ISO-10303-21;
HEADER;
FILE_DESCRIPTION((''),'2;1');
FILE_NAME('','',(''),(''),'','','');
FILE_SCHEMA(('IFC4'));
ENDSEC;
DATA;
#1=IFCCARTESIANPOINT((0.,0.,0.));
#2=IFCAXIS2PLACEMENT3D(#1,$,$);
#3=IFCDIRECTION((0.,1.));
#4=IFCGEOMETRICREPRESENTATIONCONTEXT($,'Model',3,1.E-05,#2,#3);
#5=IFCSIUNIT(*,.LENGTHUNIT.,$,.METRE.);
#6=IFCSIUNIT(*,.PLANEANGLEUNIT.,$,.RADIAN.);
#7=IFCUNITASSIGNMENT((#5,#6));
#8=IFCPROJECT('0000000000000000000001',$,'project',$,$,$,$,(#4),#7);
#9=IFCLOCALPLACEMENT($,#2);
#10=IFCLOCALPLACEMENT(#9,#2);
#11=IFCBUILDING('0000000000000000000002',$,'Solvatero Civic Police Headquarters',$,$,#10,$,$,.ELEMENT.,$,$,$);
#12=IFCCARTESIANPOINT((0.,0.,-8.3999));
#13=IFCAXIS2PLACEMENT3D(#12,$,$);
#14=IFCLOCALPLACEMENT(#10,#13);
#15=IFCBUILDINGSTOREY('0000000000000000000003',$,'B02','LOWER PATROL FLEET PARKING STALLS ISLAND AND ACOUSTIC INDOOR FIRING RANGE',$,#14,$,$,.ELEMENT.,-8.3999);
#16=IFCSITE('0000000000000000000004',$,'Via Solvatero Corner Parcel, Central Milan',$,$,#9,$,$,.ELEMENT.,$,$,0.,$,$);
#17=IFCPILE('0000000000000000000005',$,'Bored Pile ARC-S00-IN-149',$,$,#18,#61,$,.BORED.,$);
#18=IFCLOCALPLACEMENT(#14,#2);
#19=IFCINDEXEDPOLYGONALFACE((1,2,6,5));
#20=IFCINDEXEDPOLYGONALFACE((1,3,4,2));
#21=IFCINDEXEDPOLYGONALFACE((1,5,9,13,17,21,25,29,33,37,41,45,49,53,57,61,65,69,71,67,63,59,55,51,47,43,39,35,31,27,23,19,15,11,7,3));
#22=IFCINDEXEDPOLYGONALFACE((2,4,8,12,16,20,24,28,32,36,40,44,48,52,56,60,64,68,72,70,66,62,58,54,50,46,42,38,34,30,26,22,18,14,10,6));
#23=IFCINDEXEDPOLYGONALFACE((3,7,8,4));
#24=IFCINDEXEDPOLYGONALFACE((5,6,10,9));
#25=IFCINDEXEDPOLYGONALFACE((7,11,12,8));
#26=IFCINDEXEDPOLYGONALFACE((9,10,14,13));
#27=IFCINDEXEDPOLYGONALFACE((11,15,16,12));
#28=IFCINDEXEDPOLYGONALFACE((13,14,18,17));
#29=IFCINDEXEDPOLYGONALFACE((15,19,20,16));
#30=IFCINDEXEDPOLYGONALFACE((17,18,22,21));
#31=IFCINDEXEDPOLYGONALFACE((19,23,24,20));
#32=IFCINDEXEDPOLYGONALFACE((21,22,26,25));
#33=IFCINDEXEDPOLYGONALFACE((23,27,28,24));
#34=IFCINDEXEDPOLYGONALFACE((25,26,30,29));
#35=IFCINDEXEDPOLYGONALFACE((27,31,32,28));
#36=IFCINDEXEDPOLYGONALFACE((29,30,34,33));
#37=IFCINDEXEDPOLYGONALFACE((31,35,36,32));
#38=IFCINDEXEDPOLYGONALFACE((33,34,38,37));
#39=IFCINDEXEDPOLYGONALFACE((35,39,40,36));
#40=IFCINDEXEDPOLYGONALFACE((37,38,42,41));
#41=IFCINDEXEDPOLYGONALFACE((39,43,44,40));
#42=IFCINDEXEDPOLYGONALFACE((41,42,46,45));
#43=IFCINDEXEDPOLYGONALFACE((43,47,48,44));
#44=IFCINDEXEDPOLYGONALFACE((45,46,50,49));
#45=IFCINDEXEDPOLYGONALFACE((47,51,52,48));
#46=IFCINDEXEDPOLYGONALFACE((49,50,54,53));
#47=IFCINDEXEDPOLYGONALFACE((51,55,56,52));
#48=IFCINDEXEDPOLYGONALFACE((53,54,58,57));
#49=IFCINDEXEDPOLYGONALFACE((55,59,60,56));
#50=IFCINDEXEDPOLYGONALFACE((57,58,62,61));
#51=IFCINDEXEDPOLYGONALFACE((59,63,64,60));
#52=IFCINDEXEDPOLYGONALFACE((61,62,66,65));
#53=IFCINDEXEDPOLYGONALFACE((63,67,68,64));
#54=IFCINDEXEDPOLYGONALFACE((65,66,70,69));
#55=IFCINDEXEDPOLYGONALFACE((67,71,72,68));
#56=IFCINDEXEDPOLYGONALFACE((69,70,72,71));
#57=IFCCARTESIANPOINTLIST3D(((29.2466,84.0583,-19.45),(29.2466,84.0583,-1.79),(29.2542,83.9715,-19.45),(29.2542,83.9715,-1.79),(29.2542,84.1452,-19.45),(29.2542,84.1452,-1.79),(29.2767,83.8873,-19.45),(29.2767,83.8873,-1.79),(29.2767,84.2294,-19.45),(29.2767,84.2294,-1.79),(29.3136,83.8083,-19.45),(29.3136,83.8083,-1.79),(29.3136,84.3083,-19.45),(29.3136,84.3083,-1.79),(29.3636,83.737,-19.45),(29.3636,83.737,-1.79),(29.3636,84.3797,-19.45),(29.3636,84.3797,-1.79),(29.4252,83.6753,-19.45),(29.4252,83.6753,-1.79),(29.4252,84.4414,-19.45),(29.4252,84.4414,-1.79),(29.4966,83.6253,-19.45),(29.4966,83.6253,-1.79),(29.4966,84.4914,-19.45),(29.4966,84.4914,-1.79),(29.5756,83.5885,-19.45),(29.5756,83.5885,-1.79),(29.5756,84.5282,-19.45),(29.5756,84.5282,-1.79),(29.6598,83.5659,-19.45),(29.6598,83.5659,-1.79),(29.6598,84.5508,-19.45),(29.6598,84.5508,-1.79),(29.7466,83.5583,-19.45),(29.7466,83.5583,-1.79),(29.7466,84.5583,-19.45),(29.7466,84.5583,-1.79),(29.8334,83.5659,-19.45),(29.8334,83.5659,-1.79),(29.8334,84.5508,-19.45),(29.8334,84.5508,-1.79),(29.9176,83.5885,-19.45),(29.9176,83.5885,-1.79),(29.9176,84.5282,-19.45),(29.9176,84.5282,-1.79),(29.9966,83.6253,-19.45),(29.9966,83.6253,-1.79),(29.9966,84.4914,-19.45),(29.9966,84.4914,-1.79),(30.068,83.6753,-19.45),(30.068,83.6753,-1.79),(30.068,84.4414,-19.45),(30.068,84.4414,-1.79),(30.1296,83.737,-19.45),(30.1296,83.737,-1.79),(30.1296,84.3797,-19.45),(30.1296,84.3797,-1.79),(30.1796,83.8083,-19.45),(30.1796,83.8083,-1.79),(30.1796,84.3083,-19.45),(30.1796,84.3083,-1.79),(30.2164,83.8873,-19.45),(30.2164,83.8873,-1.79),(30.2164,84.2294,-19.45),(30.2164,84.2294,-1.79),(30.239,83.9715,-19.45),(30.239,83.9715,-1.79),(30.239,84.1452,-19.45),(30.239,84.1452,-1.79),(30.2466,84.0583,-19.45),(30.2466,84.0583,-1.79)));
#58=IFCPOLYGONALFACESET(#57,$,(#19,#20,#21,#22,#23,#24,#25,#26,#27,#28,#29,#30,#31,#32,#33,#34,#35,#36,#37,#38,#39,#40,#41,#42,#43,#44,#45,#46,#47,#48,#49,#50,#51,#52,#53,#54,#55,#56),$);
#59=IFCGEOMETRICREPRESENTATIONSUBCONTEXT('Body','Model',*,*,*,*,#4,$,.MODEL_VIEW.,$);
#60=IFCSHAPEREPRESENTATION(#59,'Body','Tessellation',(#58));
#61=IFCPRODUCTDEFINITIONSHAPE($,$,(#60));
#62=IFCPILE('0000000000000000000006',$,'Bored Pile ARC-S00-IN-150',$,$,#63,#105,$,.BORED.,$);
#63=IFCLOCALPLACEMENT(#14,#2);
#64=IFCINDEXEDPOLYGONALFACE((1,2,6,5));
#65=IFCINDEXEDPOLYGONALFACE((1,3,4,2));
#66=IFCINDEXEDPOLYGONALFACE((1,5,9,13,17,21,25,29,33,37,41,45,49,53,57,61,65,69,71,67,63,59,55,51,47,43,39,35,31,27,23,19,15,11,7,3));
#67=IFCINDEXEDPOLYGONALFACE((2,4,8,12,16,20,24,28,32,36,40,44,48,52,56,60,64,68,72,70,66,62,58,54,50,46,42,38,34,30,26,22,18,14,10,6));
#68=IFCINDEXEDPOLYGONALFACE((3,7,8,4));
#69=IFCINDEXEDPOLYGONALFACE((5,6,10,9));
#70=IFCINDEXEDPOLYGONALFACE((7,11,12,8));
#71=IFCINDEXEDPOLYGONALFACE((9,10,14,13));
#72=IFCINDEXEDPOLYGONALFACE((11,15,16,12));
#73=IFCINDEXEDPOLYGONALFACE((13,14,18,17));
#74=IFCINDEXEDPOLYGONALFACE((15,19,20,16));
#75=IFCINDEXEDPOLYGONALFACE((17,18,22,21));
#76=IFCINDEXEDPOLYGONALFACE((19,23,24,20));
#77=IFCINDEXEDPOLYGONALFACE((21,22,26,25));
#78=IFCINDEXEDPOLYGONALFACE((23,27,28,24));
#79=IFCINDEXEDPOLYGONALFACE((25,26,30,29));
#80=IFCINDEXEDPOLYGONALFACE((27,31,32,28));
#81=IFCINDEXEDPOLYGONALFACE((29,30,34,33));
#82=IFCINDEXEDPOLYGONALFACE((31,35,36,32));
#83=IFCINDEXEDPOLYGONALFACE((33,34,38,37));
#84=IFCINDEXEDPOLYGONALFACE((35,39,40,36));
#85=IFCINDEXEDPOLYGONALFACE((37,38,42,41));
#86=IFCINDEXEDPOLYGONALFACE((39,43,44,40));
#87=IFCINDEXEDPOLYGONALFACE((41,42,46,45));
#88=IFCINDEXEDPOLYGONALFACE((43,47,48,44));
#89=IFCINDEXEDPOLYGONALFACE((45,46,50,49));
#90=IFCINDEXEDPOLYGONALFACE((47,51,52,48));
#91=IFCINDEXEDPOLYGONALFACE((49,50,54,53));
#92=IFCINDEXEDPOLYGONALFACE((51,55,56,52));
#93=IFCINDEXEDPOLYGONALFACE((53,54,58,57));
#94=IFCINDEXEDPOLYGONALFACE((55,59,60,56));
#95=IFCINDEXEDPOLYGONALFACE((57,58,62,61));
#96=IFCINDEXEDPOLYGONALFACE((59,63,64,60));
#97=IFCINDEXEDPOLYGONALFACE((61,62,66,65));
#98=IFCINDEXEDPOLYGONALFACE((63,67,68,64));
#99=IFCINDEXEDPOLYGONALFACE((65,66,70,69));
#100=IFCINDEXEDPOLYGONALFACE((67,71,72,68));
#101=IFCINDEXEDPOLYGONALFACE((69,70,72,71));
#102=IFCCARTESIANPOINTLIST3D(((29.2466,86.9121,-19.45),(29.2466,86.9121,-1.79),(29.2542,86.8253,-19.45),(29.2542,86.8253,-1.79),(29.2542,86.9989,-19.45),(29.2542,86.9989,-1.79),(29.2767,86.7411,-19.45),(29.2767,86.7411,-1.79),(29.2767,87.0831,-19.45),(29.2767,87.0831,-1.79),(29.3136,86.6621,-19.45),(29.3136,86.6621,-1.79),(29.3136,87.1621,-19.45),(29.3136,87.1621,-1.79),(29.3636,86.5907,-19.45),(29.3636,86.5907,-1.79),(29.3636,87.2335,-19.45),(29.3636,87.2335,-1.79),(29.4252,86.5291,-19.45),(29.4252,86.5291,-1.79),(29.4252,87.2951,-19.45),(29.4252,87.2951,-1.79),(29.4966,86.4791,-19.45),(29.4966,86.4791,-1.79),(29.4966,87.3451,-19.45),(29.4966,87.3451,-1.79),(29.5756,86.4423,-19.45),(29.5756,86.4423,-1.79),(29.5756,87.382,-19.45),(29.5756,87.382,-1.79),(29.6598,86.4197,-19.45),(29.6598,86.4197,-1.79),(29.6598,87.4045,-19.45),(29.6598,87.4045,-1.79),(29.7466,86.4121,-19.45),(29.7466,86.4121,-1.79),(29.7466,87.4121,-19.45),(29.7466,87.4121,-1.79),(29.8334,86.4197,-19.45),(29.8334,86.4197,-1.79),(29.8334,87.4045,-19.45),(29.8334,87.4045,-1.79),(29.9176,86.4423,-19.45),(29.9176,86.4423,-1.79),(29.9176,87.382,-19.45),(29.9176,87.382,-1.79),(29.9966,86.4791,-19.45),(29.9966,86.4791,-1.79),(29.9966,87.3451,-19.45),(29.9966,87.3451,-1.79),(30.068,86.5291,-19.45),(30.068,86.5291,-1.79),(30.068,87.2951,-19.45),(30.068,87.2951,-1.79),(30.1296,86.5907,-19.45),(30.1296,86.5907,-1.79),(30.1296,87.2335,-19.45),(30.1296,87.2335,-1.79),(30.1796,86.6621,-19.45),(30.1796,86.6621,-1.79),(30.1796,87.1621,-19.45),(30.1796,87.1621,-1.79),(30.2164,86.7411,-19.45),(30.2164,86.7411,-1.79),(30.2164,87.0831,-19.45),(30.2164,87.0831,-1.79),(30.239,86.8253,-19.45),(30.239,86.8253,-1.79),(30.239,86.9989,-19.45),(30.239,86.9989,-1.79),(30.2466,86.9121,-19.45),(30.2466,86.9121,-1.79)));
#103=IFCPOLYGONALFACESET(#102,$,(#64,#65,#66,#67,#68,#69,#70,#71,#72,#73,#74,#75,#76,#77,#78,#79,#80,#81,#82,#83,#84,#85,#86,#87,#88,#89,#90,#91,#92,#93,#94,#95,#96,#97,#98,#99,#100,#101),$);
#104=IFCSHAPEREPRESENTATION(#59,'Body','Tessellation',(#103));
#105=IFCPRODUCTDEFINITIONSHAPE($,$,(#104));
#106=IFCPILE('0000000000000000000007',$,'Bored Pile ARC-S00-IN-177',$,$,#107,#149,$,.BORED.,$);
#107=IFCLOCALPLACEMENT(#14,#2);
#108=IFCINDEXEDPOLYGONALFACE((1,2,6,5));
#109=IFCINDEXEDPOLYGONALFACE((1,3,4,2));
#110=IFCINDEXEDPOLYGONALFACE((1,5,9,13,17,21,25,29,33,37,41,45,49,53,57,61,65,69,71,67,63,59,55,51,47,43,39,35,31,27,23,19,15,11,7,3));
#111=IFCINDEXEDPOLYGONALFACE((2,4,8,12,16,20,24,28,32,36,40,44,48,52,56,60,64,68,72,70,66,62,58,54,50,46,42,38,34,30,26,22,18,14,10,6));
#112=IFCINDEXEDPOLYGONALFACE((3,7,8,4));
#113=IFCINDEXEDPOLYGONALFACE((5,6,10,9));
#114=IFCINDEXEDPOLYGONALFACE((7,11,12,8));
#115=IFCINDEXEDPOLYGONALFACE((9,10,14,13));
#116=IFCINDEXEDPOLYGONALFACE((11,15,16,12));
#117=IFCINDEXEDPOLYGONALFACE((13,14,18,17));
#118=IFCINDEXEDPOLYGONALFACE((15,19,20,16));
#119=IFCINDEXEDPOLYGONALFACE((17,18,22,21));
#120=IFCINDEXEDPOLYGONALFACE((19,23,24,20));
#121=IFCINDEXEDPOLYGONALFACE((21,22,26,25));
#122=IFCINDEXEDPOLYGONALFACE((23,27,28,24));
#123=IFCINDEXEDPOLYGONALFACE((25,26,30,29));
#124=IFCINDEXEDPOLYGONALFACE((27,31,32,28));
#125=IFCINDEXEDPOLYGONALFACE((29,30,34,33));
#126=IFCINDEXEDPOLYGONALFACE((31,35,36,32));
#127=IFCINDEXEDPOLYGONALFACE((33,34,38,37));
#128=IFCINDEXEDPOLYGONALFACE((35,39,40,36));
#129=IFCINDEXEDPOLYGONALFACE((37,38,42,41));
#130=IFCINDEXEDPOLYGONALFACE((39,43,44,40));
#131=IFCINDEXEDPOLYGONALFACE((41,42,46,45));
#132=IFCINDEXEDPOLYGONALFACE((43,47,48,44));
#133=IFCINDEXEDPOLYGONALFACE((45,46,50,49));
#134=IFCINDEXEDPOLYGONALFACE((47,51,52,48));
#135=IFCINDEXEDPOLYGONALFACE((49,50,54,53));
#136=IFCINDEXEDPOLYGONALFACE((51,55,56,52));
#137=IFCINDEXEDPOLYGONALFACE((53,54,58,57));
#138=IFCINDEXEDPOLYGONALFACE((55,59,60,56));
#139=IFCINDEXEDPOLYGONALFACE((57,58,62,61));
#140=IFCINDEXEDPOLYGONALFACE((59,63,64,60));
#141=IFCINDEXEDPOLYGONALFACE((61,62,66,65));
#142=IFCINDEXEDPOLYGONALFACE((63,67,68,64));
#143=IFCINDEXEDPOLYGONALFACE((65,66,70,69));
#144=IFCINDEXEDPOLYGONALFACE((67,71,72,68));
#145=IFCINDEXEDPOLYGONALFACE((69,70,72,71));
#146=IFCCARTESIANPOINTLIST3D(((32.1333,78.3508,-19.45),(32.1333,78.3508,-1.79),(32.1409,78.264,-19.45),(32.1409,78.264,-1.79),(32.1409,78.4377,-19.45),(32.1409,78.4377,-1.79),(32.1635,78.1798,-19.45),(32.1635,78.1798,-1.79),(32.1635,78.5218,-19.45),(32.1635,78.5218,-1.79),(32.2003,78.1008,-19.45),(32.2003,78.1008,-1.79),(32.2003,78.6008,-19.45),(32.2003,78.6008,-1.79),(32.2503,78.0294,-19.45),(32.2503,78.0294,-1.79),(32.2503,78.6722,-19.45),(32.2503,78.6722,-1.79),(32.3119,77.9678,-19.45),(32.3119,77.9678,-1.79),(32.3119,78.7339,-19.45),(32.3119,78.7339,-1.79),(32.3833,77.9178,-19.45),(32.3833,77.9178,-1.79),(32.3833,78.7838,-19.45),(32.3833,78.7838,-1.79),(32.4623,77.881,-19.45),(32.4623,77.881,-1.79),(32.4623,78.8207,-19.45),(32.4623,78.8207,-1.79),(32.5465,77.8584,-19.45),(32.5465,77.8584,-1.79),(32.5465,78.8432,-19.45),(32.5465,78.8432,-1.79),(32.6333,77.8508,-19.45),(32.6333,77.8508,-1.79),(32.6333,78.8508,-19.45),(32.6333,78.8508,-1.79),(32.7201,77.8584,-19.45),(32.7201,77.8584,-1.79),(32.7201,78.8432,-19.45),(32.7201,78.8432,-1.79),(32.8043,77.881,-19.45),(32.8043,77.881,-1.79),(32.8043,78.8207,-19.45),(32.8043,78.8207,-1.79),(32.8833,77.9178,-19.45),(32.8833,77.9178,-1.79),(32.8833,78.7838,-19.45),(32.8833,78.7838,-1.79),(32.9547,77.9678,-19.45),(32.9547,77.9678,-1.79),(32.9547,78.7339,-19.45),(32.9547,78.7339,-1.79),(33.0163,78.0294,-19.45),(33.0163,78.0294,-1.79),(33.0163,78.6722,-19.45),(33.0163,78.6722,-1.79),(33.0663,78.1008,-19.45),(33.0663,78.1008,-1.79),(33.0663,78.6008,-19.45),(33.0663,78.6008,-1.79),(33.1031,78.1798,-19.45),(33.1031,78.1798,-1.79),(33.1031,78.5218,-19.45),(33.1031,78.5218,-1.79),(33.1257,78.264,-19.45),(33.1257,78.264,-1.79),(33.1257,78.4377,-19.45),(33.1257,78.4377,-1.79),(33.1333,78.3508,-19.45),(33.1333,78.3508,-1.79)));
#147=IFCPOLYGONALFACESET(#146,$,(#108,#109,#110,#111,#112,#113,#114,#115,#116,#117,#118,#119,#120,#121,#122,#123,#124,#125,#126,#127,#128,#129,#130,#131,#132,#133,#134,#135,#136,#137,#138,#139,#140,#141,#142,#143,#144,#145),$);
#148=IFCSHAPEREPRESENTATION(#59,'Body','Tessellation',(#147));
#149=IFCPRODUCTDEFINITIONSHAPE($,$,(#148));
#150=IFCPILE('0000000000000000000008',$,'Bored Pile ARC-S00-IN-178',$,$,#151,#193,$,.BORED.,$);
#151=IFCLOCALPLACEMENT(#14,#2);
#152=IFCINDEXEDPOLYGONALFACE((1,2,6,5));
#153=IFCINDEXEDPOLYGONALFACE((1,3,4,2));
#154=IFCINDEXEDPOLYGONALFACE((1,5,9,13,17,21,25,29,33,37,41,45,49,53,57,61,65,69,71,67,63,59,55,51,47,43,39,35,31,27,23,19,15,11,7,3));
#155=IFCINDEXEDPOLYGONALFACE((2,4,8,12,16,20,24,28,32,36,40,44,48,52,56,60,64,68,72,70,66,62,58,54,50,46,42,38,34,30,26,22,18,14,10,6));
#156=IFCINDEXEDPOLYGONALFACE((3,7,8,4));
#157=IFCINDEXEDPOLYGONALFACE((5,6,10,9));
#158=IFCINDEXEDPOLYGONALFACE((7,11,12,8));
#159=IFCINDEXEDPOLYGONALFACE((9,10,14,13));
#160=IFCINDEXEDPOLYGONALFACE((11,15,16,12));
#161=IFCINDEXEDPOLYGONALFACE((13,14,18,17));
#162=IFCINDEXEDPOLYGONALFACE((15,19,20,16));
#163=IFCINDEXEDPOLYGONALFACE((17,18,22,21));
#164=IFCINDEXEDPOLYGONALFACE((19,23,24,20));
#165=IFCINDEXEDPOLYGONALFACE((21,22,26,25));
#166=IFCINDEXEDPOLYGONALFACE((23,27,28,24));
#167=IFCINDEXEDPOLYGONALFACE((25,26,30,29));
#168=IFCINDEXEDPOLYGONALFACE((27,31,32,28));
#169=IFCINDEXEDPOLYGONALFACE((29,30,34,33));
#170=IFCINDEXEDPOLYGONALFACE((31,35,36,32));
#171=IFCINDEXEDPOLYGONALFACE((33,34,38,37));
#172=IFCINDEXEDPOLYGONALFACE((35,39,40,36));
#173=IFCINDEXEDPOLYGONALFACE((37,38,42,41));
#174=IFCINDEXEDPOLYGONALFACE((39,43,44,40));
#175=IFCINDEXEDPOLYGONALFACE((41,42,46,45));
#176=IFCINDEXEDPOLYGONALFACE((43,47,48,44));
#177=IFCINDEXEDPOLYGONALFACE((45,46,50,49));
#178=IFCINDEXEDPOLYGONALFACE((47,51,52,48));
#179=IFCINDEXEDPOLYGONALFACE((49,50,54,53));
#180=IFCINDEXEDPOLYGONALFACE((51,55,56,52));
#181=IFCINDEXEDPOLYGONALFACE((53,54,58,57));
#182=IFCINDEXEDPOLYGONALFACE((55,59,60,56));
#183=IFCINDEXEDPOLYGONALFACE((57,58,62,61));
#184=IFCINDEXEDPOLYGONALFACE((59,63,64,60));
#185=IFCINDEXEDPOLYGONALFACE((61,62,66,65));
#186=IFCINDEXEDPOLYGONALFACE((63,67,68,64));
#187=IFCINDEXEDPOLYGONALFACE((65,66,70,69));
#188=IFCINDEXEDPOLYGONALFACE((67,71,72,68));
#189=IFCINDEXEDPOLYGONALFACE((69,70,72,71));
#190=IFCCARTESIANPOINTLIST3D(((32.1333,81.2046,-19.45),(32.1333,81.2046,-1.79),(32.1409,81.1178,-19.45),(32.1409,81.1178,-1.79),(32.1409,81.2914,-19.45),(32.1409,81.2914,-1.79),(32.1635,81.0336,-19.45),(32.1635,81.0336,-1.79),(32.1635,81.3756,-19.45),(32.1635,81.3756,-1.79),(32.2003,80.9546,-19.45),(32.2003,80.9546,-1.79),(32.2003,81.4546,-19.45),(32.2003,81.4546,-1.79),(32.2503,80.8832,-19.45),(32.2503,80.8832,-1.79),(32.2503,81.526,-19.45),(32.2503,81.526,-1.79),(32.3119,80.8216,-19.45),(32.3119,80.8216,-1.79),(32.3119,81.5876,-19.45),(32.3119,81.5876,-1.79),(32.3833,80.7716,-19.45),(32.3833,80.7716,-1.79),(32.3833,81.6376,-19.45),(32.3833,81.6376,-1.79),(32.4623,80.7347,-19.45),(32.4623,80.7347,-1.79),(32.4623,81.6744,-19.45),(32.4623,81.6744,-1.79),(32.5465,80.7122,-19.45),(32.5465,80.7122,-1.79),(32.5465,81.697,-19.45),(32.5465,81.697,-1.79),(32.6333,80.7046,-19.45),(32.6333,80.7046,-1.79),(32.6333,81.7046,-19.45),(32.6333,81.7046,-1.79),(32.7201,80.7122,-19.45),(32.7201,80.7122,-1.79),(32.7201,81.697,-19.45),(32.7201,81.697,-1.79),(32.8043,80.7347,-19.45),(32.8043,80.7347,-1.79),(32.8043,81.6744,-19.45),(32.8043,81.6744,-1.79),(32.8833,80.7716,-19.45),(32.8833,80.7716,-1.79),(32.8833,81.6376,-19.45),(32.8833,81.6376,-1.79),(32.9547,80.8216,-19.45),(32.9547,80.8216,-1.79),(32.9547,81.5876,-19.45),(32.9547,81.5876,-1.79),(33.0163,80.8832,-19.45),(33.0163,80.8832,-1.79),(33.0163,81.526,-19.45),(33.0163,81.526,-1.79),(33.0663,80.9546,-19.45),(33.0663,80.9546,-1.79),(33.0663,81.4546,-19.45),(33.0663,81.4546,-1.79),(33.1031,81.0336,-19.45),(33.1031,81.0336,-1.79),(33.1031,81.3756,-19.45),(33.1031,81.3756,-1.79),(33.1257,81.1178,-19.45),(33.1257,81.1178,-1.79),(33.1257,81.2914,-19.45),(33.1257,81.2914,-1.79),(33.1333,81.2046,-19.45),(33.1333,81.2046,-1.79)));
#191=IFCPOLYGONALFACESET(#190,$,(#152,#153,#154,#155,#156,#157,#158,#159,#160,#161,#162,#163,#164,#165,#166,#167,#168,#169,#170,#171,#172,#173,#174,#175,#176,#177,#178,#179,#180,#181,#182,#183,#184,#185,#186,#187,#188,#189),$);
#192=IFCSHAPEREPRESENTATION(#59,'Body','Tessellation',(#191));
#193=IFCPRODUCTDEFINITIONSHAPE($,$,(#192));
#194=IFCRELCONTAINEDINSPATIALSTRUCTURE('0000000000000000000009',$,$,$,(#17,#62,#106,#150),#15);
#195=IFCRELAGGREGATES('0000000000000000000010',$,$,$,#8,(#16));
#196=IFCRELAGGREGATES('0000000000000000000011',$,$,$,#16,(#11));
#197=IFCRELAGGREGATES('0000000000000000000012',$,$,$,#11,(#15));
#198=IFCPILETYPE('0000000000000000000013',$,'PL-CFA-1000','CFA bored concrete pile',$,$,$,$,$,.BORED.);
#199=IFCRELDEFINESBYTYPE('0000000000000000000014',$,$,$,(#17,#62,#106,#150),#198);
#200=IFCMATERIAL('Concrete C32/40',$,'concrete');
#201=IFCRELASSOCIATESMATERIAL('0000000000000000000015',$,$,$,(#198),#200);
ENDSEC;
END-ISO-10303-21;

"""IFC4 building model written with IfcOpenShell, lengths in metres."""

from ifc_helpers import new_model, si_unit, direction, frame, origin, origin_2d, place, context, subcontext, project, spatial, circle, extrude, material, material_profile, profile_set, type_object, element, save


model = new_model("IFC4")

# Units and contexts
model_context = context("Model", 3, precision=1e-05, world=origin(), true_north=direction((0.0, 1.0)))
body_context = subcontext(model_context, "Body", "Model", "MODEL_VIEW")
ifc_project = project(units=[si_unit("LENGTHUNIT", "METRE"), si_unit("PLANEANGLEUNIT", "RADIAN")], contexts=[model_context])

# Site, building, storey
site_placement = place(None, origin())
site = spatial("IfcSite", under=ifc_project, at=site_placement, Name="Via Solvatero Corner Parcel, Central Milan", CompositionType="ELEMENT", RefElevation=0.0)
building_placement = place(site_placement, origin())
building = spatial("IfcBuilding", under=site, at=building_placement, Name="Solvatero Civic Police Headquarters", CompositionType="ELEMENT")
storey_placement = place(building_placement, frame((0.0, 0.0, -8.3999)))
storey = spatial("IfcBuildingStorey", under=building, at=storey_placement, Name="B02", Description="LOWER PATROL FLEET PARKING STALLS ISLAND AND ACOUSTIC INDOOR FIRING RANGE", CompositionType="ELEMENT", Elevation=-8.3999)

# Piles
ifc_material_1 = material(Name="Concrete C32/40", Category="concrete")
ifc_material_profile_1 = material_profile(ifc_material_1, circle(Radius=0.5, at=origin_2d()), Name="CFA PILE D1000")
ifc_profile_set_1 = profile_set([ifc_material_profile_1], Name="Concrete C32/40")
pile_type = type_object("IfcPileType", Name="PL-CFA-1000", Description="CFA bored concrete pile", PredefinedType="BORED", material=ifc_profile_set_1)
for number, where, z_axis, x_axis, name in (
    (1, (29.7466, 84.0583, -1.79), (0.0, 0.0, -1.0), (1.0, 0.0, 0.0), "Bored Pile ARC-S00-IN-149"),
    (2, (29.7466, 86.9121, -1.79), (0.0, 0.0, -1.0), (1.0, 0.0, 0.0), "Bored Pile ARC-S00-IN-150"),
    (3, (32.6333, 78.3508, -1.79), (0.0, 0.0, -1.0), (1.0, 0.0, 0.0), "Bored Pile ARC-S00-IN-177"),
    (4, (32.6333, 81.2046, -1.79), (0.0, 0.0, -1.0), (1.0, 0.0, 0.0), "Bored Pile ARC-S00-IN-178"),
):
    element("IfcPile", number, at=place(storey_placement, frame(where, z_axis=z_axis, x_axis=x_axis)), inside=storey, type_object=pile_type, Name=name, PredefinedType="BORED", context=body_context, shape_type="SweptSolid", body=[
        extrude(circle(Radius=0.5, at=origin_2d()), origin(), (0.0, 0.0, 1.0), 17.6599),
    ])

save(model, "model.ifc")
